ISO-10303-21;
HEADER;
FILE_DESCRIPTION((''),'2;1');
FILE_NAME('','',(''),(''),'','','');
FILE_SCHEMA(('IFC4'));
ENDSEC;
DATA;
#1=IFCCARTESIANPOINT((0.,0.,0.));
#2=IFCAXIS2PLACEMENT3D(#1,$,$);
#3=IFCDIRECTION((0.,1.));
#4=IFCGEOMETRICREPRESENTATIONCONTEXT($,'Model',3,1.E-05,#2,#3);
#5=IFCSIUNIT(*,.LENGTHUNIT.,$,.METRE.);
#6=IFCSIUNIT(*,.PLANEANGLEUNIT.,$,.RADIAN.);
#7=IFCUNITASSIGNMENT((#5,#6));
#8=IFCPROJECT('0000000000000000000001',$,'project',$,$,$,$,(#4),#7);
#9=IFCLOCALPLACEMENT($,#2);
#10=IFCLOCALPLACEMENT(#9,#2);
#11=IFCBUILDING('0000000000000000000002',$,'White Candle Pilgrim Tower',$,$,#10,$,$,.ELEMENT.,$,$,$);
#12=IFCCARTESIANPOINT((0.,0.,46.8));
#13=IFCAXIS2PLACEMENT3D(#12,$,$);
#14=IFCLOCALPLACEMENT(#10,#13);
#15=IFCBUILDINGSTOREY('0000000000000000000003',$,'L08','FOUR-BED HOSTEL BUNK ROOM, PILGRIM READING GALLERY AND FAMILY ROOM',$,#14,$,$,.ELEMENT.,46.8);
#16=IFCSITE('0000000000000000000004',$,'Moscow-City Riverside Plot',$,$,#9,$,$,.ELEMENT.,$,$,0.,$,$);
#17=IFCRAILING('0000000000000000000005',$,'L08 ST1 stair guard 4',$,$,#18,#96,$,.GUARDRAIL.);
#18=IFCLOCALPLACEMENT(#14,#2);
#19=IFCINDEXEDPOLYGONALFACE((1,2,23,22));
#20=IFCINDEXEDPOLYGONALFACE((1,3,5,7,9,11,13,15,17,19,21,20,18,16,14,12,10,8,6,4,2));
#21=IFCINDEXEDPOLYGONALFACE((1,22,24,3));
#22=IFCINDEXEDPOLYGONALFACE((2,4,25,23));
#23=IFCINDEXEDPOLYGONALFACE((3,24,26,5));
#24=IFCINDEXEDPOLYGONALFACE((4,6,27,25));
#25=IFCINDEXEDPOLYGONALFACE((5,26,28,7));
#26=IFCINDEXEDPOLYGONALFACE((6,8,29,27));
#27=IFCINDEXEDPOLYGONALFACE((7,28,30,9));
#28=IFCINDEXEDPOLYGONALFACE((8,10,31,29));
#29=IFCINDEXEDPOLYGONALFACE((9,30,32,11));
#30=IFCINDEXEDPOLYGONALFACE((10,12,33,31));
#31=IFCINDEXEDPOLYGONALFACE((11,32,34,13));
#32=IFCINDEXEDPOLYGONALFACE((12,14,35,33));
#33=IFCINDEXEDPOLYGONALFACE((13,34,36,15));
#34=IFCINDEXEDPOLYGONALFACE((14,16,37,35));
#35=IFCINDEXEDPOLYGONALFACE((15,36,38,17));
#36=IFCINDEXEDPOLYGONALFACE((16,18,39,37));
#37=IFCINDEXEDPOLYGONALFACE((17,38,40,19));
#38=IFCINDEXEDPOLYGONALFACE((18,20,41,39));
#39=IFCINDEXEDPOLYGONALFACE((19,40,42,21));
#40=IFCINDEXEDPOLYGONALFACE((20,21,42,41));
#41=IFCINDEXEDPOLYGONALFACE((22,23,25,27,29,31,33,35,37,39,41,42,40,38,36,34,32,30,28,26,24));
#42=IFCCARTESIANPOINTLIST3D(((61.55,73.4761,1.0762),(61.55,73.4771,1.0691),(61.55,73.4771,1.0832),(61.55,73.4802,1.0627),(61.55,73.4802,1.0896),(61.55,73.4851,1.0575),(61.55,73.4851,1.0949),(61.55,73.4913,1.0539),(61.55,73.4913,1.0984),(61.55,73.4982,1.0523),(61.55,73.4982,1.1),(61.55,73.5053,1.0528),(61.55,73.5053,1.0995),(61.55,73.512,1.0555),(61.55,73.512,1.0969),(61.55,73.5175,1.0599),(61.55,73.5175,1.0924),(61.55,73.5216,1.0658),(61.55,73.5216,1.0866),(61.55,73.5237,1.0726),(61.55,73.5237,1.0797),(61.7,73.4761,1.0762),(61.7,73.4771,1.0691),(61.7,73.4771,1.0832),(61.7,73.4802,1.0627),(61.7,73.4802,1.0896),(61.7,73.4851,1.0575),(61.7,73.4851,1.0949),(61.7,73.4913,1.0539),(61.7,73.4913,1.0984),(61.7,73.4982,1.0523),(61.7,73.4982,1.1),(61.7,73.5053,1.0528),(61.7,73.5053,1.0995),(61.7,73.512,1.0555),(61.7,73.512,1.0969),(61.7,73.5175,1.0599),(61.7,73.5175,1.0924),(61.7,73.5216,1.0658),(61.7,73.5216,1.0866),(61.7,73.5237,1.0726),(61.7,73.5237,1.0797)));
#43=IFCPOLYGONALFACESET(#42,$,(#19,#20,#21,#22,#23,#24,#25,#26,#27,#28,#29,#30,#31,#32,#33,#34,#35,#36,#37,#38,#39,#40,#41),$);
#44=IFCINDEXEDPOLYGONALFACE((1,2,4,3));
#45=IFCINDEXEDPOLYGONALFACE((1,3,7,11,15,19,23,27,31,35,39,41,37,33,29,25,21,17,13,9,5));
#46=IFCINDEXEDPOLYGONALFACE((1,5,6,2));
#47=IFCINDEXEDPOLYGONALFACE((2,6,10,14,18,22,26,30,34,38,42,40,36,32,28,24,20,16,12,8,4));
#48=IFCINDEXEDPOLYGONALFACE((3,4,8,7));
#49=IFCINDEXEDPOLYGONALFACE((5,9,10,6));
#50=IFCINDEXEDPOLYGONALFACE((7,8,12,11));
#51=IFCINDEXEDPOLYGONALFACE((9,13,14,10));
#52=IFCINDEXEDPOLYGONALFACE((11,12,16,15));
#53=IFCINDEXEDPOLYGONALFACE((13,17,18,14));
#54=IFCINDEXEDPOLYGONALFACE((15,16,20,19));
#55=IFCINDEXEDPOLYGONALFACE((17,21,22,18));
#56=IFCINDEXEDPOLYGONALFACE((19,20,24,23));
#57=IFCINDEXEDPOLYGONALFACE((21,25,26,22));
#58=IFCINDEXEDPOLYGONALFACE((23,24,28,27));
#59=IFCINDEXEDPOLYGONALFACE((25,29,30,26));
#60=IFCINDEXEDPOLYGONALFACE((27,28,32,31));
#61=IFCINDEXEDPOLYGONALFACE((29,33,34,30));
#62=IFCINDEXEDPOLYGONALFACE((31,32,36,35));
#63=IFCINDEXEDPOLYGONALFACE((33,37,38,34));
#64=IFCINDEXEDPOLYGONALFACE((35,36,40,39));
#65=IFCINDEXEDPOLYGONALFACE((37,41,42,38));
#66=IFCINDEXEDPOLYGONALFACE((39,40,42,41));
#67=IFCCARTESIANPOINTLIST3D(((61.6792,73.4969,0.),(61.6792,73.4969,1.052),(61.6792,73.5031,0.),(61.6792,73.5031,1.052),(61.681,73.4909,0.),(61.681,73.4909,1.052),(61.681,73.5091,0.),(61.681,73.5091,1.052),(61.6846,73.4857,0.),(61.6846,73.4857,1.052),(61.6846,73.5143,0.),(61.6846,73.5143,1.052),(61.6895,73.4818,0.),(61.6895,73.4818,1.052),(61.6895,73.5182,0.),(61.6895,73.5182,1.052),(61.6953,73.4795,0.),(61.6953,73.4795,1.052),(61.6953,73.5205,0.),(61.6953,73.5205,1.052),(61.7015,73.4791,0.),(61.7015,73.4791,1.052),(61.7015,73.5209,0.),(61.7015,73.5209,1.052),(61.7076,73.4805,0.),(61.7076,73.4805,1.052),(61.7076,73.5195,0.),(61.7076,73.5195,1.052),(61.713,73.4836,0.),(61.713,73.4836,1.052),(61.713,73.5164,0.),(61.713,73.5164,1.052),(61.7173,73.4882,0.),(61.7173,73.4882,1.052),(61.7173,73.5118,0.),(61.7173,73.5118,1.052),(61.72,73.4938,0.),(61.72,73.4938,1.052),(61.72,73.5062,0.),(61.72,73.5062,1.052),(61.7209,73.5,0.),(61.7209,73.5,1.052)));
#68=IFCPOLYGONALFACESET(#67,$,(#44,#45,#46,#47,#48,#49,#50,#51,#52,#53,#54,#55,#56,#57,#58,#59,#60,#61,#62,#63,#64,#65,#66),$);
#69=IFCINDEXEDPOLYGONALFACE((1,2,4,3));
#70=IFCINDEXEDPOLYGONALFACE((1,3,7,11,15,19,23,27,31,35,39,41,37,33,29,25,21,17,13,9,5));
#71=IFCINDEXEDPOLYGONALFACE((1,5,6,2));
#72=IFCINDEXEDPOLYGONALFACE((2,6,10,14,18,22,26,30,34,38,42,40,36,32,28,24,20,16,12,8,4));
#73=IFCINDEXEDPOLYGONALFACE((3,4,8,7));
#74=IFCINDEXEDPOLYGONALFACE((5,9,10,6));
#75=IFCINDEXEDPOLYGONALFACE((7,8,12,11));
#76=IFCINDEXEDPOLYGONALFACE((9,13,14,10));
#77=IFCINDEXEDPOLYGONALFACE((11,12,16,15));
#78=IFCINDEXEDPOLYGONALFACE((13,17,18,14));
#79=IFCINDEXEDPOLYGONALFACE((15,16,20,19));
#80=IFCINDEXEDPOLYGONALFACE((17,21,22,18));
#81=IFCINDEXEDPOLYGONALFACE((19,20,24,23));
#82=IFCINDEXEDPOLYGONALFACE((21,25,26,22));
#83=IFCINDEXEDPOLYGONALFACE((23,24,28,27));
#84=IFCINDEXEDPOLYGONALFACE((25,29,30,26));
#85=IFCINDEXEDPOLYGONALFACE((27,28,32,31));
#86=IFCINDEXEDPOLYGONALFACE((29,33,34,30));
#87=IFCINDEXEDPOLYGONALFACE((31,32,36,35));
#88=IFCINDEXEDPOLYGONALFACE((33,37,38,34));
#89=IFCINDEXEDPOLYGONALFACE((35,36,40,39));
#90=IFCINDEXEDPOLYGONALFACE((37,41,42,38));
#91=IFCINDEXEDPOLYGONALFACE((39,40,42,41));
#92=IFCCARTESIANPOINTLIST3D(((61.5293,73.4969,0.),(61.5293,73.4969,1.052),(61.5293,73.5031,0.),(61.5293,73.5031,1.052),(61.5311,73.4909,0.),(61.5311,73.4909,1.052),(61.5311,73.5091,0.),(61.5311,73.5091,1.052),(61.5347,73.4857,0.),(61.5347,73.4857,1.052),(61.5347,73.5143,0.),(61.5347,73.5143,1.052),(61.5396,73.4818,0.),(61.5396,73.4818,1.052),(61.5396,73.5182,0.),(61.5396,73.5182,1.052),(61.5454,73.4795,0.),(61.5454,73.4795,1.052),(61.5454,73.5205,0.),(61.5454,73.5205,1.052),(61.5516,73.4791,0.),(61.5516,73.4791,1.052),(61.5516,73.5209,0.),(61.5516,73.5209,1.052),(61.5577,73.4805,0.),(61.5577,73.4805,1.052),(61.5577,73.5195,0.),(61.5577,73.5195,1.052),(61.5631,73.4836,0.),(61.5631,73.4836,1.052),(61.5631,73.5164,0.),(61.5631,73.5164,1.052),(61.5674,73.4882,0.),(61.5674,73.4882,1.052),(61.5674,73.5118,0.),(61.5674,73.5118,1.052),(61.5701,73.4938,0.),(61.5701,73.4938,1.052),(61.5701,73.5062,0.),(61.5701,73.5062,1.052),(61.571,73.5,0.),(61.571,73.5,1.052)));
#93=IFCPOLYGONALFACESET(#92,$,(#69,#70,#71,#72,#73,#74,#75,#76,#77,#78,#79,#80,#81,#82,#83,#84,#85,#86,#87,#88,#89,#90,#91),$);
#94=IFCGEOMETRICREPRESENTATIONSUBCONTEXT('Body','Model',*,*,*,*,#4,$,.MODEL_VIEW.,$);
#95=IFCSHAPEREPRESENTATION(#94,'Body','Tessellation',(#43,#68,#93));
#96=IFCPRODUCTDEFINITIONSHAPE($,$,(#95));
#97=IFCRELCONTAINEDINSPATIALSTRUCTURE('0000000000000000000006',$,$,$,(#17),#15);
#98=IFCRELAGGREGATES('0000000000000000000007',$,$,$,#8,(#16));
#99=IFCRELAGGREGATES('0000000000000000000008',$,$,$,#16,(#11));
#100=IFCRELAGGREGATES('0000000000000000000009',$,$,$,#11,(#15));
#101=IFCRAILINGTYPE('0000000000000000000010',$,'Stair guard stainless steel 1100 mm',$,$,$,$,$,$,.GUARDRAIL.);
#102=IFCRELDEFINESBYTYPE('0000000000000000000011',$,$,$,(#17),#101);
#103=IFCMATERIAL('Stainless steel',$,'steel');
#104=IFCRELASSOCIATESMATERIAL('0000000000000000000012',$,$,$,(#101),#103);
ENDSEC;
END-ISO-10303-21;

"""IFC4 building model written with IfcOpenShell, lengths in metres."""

from ifc_helpers import new_model, si_unit, direction, frame, origin, origin_2d, place, context, subcontext, project, spatial, circle, extrude, material, type_object, element, save


model = new_model("IFC4")

# Units and contexts
model_context = context("Model", 3, precision=1e-05, world=origin(), true_north=direction((0.0, 1.0)))
body_context = subcontext(model_context, "Body", "Model", "MODEL_VIEW")
ifc_project = project(units=[si_unit("LENGTHUNIT", "METRE"), si_unit("PLANEANGLEUNIT", "RADIAN")], contexts=[model_context])

# Site, building, storey
site_placement = place(None, origin())
site = spatial("IfcSite", under=ifc_project, at=site_placement, Name="Moscow-City Riverside Plot", CompositionType="ELEMENT", RefElevation=0.0)
building_placement = place(site_placement, origin())
building = spatial("IfcBuilding", under=site, at=building_placement, Name="White Candle Pilgrim Tower", CompositionType="ELEMENT")
storey_placement = place(building_placement, frame((0.0, 0.0, 46.8)))
storey = spatial("IfcBuildingStorey", under=building, at=storey_placement, Name="L08", Description="FOUR-BED HOSTEL BUNK ROOM, PILGRIM READING GALLERY AND FAMILY ROOM", CompositionType="ELEMENT", Elevation=46.8)

# Shared definitions
ifc_material_1 = material(Name="Stainless steel", Category="steel")

# Railing
railing_type = type_object("IfcRailingType", Name="Stair guard stainless steel 1100 mm", PredefinedType="GUARDRAIL", material=ifc_material_1)
railing_placement = place(storey_placement, frame((61.7, 73.5, 0.0)))
element("IfcRailing", 1, at=railing_placement, inside=storey, type_object=railing_type, Name="L08 ST1 stair guard 4", PredefinedType="GUARDRAIL", context=body_context, shape_type="SweptSolid", body=[
    extrude(circle(Radius=0.0239, at=origin_2d()), frame((0.0, 0.0, 1.0762), z_axis=(-1.0, 0.0, 0.0), x_axis=(0.0, -1.0, 0.0)), (0.0, 0.0, 1.0), 0.1499),
    extrude(circle(Radius=0.021, at=origin_2d()), origin(), (0.0, 0.0, 1.0), 1.052),
    extrude(circle(Radius=0.021, at=origin_2d()), frame((-0.1499, 0.0, 0.0)), (0.0, 0.0, 1.0), 1.052),
])

save(model, "model.ifc")
